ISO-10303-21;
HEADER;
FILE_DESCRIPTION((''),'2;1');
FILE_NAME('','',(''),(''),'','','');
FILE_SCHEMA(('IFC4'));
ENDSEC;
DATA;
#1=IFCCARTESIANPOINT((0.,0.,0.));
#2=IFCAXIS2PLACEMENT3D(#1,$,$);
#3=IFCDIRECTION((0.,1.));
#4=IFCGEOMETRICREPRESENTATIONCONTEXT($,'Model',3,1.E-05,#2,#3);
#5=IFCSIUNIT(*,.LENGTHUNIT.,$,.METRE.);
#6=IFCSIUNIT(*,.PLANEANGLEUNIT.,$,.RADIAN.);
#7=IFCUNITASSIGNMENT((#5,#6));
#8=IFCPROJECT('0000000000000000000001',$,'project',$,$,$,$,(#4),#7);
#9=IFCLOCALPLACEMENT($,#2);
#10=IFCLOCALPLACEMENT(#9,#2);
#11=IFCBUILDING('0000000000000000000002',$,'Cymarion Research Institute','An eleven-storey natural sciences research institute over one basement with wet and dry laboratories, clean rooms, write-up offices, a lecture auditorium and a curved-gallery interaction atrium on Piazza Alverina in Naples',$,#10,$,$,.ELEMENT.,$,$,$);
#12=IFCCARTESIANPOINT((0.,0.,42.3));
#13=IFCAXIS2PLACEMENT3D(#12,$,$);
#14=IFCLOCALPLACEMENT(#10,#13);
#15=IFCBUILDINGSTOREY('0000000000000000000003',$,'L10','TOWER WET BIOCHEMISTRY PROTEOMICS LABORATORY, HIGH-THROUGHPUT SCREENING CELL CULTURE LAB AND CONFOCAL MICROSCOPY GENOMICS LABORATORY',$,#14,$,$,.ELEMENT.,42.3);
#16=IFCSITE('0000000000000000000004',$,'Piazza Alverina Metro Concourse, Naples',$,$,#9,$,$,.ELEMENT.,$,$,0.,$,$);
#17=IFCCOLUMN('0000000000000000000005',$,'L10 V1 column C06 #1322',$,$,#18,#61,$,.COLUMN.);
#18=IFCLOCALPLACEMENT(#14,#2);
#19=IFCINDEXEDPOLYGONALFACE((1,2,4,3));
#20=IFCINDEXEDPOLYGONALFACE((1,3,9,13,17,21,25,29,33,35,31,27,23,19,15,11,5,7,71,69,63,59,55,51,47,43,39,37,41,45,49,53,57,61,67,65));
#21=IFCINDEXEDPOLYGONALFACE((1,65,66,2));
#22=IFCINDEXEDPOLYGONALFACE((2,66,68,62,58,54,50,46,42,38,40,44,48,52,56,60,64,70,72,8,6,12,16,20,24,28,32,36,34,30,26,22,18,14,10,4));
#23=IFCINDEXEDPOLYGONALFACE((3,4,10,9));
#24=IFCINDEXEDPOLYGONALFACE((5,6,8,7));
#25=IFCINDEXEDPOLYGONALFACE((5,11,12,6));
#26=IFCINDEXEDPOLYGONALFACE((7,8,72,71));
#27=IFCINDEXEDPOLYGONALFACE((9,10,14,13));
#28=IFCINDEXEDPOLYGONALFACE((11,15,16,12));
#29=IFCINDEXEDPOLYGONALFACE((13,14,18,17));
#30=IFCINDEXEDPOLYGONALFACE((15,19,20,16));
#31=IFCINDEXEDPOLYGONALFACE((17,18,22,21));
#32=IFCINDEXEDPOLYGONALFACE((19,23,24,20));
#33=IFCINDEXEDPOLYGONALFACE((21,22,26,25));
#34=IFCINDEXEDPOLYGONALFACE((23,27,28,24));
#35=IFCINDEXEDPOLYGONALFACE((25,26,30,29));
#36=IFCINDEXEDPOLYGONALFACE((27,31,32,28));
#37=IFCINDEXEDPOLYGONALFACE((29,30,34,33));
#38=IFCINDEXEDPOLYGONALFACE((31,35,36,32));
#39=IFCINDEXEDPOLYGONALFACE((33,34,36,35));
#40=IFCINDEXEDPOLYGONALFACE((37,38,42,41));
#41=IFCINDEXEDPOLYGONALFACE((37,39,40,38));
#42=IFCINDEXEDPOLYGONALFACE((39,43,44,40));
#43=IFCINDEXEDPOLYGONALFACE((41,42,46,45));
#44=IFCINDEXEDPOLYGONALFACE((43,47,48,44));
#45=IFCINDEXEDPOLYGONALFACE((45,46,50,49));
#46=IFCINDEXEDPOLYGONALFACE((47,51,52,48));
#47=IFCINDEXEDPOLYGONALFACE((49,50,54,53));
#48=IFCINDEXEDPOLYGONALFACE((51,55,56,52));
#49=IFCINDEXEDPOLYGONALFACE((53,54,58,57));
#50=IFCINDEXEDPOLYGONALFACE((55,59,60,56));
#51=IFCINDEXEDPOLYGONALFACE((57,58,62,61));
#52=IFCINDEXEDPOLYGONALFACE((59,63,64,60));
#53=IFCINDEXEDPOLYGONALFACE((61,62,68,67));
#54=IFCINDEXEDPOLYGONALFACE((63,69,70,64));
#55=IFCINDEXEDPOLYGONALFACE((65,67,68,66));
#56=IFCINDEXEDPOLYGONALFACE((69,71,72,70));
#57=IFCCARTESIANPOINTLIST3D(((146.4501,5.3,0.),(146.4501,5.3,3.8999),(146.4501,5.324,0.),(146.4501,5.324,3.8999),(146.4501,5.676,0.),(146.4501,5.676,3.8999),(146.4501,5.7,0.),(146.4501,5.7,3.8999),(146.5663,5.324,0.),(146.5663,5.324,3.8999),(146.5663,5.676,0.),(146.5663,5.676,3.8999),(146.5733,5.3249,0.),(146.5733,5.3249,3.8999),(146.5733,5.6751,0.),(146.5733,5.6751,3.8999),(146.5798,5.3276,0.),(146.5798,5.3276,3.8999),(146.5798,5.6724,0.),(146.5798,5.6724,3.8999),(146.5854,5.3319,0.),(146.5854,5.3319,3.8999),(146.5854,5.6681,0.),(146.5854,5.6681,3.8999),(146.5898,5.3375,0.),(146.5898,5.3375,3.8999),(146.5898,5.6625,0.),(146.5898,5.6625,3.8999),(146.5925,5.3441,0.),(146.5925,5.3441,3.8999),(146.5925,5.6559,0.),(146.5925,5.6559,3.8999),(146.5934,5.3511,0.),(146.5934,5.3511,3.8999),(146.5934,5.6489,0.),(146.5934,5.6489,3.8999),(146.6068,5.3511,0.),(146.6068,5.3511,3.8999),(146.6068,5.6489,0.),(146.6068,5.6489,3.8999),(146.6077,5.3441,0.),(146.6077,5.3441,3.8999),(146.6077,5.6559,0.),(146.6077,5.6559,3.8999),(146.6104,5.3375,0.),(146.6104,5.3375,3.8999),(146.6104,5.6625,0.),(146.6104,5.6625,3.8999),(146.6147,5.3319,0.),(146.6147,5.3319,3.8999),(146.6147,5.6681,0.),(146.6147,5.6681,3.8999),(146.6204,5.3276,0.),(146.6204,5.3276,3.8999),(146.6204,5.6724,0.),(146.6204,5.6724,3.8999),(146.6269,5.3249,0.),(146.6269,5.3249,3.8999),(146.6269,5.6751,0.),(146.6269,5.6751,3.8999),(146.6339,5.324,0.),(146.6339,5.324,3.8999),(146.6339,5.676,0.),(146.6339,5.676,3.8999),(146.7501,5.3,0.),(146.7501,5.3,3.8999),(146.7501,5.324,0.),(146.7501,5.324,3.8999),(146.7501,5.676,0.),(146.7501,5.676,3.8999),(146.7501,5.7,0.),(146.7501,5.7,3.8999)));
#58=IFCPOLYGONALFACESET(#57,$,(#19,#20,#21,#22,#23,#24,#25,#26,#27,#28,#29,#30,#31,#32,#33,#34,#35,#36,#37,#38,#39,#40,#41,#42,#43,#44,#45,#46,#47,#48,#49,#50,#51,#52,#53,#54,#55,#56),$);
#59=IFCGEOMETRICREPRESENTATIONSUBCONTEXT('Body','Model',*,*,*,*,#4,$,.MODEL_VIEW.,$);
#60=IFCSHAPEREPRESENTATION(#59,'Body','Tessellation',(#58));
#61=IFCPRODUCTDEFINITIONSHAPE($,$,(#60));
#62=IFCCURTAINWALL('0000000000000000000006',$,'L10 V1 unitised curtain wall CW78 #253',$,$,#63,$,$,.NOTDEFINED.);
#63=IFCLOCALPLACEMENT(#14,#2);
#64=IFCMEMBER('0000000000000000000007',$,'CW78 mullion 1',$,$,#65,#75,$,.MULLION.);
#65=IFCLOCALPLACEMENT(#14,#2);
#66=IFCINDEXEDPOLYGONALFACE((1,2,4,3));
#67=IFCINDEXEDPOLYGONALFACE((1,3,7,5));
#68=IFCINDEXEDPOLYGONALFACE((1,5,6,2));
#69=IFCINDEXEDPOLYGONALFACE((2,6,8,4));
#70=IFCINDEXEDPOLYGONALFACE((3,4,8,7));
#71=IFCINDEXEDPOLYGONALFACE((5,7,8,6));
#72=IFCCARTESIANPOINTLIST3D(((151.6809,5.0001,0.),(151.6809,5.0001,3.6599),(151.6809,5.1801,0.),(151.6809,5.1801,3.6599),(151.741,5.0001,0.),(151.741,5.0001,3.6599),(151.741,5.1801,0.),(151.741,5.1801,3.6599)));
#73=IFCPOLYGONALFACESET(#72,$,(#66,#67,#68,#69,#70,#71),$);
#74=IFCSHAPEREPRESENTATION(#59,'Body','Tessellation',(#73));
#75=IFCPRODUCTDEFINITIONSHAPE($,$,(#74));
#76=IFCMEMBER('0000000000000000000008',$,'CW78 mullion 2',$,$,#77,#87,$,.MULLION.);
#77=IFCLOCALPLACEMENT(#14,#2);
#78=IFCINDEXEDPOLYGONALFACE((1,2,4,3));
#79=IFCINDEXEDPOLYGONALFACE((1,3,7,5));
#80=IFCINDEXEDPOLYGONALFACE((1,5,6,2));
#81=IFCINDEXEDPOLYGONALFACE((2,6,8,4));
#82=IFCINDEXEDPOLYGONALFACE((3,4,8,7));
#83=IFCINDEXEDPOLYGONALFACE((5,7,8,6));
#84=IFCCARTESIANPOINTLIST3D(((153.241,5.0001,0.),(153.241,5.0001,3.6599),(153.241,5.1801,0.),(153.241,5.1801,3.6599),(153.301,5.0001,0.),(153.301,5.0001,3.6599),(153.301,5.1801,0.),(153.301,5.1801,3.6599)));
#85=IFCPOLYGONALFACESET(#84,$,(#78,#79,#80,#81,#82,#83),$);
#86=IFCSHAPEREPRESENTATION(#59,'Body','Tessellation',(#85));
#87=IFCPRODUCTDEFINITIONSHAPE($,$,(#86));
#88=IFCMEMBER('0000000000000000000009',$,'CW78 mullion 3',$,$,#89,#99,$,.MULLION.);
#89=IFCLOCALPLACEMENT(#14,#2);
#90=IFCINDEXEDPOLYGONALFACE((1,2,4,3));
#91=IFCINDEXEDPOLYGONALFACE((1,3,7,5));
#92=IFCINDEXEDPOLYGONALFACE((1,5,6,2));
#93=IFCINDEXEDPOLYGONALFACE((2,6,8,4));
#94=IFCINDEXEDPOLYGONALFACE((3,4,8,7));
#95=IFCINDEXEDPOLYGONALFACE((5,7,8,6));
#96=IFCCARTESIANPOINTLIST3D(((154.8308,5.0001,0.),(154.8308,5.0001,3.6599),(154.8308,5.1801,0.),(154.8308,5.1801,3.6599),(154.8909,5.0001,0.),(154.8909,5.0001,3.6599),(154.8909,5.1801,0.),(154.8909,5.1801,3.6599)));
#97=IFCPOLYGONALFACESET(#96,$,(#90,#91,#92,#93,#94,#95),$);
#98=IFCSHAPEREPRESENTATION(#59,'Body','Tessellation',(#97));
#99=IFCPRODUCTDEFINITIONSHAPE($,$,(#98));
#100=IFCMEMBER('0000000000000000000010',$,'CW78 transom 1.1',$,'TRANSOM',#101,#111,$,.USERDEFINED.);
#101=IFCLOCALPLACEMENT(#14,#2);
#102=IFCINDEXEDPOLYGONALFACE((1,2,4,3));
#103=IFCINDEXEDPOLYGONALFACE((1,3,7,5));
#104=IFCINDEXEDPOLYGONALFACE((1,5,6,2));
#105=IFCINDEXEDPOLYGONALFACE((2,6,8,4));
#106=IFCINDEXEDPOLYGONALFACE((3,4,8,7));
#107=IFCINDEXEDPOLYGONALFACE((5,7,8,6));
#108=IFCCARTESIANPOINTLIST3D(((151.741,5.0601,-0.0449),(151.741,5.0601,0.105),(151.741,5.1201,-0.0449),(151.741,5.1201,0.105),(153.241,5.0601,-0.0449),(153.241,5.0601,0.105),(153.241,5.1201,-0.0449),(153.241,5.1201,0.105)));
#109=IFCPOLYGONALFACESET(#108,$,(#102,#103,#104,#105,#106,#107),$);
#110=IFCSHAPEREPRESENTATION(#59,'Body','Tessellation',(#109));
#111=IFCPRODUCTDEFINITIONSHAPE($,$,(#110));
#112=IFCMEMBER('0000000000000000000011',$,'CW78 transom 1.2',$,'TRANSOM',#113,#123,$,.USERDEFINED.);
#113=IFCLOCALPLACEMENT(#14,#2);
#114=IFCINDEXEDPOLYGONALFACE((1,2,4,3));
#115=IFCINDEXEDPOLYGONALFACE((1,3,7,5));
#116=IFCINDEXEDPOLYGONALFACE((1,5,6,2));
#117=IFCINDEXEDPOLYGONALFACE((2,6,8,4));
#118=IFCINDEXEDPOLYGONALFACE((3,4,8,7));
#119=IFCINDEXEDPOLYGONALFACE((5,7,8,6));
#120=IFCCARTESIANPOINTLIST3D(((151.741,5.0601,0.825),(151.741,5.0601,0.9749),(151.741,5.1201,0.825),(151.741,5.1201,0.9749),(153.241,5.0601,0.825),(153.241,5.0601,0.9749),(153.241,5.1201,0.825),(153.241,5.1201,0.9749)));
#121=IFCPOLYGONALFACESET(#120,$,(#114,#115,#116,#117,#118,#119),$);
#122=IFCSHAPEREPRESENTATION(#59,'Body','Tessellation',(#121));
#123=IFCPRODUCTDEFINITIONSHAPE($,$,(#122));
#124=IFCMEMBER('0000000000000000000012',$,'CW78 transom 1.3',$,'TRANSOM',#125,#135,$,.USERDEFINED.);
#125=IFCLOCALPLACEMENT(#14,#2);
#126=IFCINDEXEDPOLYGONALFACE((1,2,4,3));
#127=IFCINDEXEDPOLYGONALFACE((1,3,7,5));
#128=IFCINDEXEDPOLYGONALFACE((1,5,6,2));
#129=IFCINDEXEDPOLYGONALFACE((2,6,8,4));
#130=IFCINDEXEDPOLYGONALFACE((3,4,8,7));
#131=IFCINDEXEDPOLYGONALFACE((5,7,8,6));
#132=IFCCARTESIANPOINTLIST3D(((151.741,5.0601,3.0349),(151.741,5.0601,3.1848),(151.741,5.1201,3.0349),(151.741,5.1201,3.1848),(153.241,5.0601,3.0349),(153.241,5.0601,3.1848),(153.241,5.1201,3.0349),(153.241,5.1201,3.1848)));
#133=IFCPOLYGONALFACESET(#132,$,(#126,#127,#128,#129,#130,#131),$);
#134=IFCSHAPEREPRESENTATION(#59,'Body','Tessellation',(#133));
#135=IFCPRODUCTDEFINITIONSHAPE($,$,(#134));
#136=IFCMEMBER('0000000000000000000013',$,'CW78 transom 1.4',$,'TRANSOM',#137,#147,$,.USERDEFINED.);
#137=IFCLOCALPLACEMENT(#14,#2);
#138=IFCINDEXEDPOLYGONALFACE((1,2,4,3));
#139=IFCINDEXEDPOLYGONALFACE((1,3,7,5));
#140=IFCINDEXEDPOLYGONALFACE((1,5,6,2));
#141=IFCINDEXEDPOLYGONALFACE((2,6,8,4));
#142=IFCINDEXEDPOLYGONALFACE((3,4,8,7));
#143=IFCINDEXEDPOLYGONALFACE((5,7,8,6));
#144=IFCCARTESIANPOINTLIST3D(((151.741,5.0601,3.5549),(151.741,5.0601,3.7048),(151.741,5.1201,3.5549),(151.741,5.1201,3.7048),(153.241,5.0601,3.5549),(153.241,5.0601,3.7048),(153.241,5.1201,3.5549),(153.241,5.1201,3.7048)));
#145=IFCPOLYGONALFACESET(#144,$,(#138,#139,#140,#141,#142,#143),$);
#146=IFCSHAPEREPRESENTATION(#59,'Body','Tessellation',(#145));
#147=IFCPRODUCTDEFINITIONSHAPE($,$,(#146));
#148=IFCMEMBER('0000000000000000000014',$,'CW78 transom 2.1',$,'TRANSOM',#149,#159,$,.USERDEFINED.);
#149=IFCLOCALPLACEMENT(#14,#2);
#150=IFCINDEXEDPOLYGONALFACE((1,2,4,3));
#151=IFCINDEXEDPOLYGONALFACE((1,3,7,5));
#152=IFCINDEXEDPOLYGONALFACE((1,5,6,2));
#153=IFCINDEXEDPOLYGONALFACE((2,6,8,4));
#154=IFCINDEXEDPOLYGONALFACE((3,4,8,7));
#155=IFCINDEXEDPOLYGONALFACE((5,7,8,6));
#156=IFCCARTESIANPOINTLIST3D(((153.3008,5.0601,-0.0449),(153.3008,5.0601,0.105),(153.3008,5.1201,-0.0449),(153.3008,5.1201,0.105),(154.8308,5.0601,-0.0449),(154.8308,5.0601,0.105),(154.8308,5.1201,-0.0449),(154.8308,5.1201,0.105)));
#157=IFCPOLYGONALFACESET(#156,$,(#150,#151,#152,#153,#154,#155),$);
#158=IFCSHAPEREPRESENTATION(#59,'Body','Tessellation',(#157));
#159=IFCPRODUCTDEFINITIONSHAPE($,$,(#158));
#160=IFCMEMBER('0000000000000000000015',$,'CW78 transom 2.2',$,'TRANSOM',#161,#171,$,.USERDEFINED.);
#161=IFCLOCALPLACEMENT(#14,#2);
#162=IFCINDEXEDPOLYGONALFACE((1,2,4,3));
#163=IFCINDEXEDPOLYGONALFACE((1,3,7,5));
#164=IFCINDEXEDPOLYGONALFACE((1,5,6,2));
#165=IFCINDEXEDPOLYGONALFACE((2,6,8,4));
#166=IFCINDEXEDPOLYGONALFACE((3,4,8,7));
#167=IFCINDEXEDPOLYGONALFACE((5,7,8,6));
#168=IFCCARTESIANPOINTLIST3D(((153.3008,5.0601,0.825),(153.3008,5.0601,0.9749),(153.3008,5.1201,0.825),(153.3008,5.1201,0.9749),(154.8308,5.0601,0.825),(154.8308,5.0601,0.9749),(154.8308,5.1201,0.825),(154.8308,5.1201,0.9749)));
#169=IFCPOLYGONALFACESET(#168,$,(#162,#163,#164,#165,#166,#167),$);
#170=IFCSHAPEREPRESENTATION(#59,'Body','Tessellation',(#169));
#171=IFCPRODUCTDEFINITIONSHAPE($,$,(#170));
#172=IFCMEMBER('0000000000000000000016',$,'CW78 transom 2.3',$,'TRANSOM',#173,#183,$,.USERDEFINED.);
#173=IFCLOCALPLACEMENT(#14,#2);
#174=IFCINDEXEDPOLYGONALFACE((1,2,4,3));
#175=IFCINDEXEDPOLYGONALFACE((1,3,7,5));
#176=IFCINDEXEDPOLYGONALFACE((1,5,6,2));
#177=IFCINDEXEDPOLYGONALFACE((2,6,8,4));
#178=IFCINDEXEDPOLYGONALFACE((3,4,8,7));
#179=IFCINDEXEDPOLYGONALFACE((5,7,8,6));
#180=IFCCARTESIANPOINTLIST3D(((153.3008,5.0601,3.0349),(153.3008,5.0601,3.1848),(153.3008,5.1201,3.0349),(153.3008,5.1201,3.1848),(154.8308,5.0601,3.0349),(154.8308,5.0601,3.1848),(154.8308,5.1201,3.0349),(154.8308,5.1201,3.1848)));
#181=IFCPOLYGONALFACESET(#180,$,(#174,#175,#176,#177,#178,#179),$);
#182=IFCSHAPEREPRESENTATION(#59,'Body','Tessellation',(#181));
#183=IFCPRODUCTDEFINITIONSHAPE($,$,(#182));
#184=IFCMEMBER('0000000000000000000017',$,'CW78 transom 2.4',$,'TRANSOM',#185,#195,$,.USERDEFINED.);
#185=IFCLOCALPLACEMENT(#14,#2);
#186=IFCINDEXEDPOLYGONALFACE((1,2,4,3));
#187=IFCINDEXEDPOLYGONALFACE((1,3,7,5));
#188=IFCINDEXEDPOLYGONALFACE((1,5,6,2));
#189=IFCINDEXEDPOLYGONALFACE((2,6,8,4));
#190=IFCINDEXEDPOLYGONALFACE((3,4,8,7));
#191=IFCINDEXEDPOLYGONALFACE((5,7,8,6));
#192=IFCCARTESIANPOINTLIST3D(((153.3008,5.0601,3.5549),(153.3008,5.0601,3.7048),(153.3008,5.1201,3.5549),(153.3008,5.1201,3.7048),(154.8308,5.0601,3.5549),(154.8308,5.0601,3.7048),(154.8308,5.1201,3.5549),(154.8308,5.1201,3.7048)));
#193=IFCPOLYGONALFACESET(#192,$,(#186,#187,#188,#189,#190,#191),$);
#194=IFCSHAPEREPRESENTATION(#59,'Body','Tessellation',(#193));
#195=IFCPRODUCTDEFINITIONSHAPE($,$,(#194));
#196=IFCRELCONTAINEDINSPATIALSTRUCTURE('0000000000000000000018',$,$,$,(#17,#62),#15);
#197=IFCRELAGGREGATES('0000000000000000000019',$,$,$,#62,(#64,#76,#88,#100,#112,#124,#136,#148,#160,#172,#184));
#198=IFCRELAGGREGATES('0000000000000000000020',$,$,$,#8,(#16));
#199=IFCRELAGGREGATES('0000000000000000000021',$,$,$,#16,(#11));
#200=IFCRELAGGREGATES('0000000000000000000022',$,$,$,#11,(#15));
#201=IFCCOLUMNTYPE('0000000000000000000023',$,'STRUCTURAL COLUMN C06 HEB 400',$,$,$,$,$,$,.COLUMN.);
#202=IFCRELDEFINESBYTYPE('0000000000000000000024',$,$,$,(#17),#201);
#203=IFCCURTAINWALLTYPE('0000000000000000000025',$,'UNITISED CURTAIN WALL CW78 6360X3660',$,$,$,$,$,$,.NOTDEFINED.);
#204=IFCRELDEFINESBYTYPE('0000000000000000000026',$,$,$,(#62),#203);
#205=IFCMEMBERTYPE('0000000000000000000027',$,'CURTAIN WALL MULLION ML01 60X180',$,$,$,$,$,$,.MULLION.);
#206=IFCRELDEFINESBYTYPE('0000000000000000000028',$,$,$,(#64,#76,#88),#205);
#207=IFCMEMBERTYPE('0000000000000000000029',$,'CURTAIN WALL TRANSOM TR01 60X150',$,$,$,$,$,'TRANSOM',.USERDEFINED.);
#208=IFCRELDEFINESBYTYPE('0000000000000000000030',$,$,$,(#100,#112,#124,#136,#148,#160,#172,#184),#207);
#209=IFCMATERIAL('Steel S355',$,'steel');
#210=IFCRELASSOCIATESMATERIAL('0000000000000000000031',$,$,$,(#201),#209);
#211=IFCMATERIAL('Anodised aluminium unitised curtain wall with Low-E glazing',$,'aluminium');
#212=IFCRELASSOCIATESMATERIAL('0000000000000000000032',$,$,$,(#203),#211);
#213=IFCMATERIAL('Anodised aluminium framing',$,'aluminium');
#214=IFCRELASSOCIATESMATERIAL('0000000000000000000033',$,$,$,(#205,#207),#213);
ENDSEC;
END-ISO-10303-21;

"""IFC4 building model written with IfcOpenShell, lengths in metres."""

from ifc_helpers import new_model, si_unit, direction, frame, origin, origin_2d, place, context, subcontext, project, spatial, rectangle, i_section, extrude, material, material_profile, profile_set, type_object, element, aggregate, save


model = new_model("IFC4")

# Units and contexts
model_context = context("Model", 3, precision=1e-05, world=origin(), true_north=direction((0.0, 1.0)))
body_context = subcontext(model_context, "Body", "Model", "MODEL_VIEW")
ifc_project = project(units=[si_unit("LENGTHUNIT", "METRE"), si_unit("PLANEANGLEUNIT", "RADIAN")], contexts=[model_context])

# Site, building, storey
site_placement = place(None, origin())
site = spatial("IfcSite", under=ifc_project, at=site_placement, Name="Piazza Alverina Metro Concourse, Naples", CompositionType="ELEMENT", RefElevation=0.0)
building_placement = place(site_placement, origin())
building = spatial("IfcBuilding", under=site, at=building_placement, Name="Cymarion Research Institute", Description="An eleven-storey natural sciences research institute over one basement with wet and dry laboratories, clean rooms, write-up offices, a lecture auditorium and a curved-gallery interaction atrium on Piazza Alverina in Naples", CompositionType="ELEMENT")
storey_placement = place(building_placement, frame((0.0, 0.0, 42.3)))
storey = spatial("IfcBuildingStorey", under=building, at=storey_placement, Name="L10", Description="TOWER WET BIOCHEMISTRY PROTEOMICS LABORATORY, HIGH-THROUGHPUT SCREENING CELL CULTURE LAB AND CONFOCAL MICROSCOPY GENOMICS LABORATORY", CompositionType="ELEMENT", Elevation=42.3)

# Column
ifc_material_1 = material(Name="Steel S355", Category="steel")
ifc_material_profile_1 = material_profile(ifc_material_1, i_section(OverallWidth=0.3, OverallDepth=0.3999, WebThickness=0.0134, FlangeThickness=0.0239, FilletRadius=0.0271, at=origin_2d()), Name="HEB 400")
ifc_profile_set_1 = profile_set([ifc_material_profile_1], Name="Steel S355")
column_type = type_object("IfcColumnType", Name="STRUCTURAL COLUMN C06 HEB 400", PredefinedType="COLUMN", material=ifc_profile_set_1)
column_placement = place(storey_placement, frame((146.6001, 5.5, 0.0), z_axis=(0.0, 0.0, 1.0), x_axis=(1.0, 0.0, 0.0)))
element("IfcColumn", 1, at=column_placement, inside=storey, type_object=column_type, Name="L10 V1 column C06 #1322", PredefinedType="COLUMN", context=body_context, shape_type="SweptSolid", body=[
    extrude(i_section(OverallWidth=0.3, OverallDepth=0.3999, WebThickness=0.0134, FlangeThickness=0.0239, FilletRadius=0.0271, at=origin_2d()), origin(), (0.0, 0.0, 1.0), 3.8999),
])

# Curtain wall, members
ifc_material_2 = material(Name="Anodised aluminium unitised curtain wall with Low-E glazing", Category="aluminium")
curtain_wall_type = type_object("IfcCurtainWallType", Name="UNITISED CURTAIN WALL CW78 6360X3660", PredefinedType="NOTDEFINED", material=ifc_material_2)
curtain_wall_placement = place(storey_placement, origin())
curtain_wall = element("IfcCurtainWall", 2, at=curtain_wall_placement, inside=storey, type_object=curtain_wall_type, Name="L10 V1 unitised curtain wall CW78 #253", PredefinedType="NOTDEFINED")
ifc_material_3 = material(Name="Anodised aluminium framing", Category="aluminium")
ifc_material_profile_2 = material_profile(ifc_material_3, rectangle(XDim=0.0601, YDim=0.1799, at=origin_2d()), Name="ALU MULLION 60x180")
ifc_profile_set_2 = profile_set([ifc_material_profile_2], Name="Anodised aluminium framing")
member_type_1 = type_object("IfcMemberType", Name="CURTAIN WALL MULLION ML01 60X180", PredefinedType="MULLION", material=ifc_profile_set_2)
member_1_placement = place(storey_placement, frame((151.7109, 5.0901, 0.0), z_axis=(0.0, 0.0, 1.0), x_axis=(1.0, 0.0, 0.0)))
member_1 = element("IfcMember", 3, at=member_1_placement, type_object=member_type_1, Name="CW78 mullion 1", PredefinedType="MULLION", context=body_context, shape_type="SweptSolid", body=[
    extrude(rectangle(XDim=0.0601, YDim=0.1799, at=origin_2d()), origin(), (0.0, 0.0, 1.0), 3.6599),
])
member_2_placement = place(storey_placement, frame((153.271, 5.0901, 0.0), z_axis=(0.0, 0.0, 1.0), x_axis=(1.0, 0.0, 0.0)))
member_2 = element("IfcMember", 4, at=member_2_placement, type_object=member_type_1, Name="CW78 mullion 2", PredefinedType="MULLION", context=body_context, shape_type="SweptSolid", body=[
    extrude(rectangle(XDim=0.0601, YDim=0.1799, at=origin_2d()), origin(), (0.0, 0.0, 1.0), 3.6599),
])
member_3_placement = place(storey_placement, frame((154.8608, 5.0901, 0.0), z_axis=(0.0, 0.0, 1.0), x_axis=(1.0, 0.0, 0.0)))
member_3 = element("IfcMember", 5, at=member_3_placement, type_object=member_type_1, Name="CW78 mullion 3", PredefinedType="MULLION", context=body_context, shape_type="SweptSolid", body=[
    extrude(rectangle(XDim=0.0601, YDim=0.1799, at=origin_2d()), origin(), (0.0, 0.0, 1.0), 3.6599),
])
ifc_material_profile_3 = material_profile(ifc_material_3, rectangle(XDim=0.0601, YDim=0.1499, at=origin_2d()), Name="ALU TRANSOM 60x150")
ifc_profile_set_3 = profile_set([ifc_material_profile_3], Name="Anodised aluminium framing")
member_type_2 = type_object("IfcMemberType", Name="CURTAIN WALL TRANSOM TR01 60X150", ElementType="TRANSOM", PredefinedType="USERDEFINED", material=ifc_profile_set_3)
member_4_placement = place(storey_placement, frame((151.741, 5.0901, 0.03), z_axis=(1.0, 0.0, 0.0), x_axis=(0.0, 1.0, 0.0)))
member_4 = element("IfcMember", 6, at=member_4_placement, type_object=member_type_2, Name="CW78 transom 1.1", ObjectType="TRANSOM", PredefinedType="USERDEFINED", context=body_context, shape_type="SweptSolid", body=[
    extrude(rectangle(XDim=0.0601, YDim=0.1499, at=origin_2d()), origin(), (0.0, 0.0, 1.0), 1.5),
])
member_5_placement = place(storey_placement, frame((151.741, 5.0901, 0.8999), z_axis=(1.0, 0.0, 0.0), x_axis=(0.0, 1.0, 0.0)))
member_5 = element("IfcMember", 7, at=member_5_placement, type_object=member_type_2, Name="CW78 transom 1.2", ObjectType="TRANSOM", PredefinedType="USERDEFINED", context=body_context, shape_type="SweptSolid", body=[
    extrude(rectangle(XDim=0.0601, YDim=0.1499, at=origin_2d()), origin(), (0.0, 0.0, 1.0), 1.5),
])
member_6_placement = place(storey_placement, frame((151.741, 5.0901, 3.1099), z_axis=(1.0, 0.0, 0.0), x_axis=(0.0, 1.0, 0.0)))
member_6 = element("IfcMember", 8, at=member_6_placement, type_object=member_type_2, Name="CW78 transom 1.3", ObjectType="TRANSOM", PredefinedType="USERDEFINED", context=body_context, shape_type="SweptSolid", body=[
    extrude(rectangle(XDim=0.0601, YDim=0.1499, at=origin_2d()), origin(), (0.0, 0.0, 1.0), 1.5),
])
member_7_placement = place(storey_placement, frame((151.741, 5.0901, 3.6299), z_axis=(1.0, 0.0, 0.0), x_axis=(0.0, 1.0, 0.0)))
member_7 = element("IfcMember", 9, at=member_7_placement, type_object=member_type_2, Name="CW78 transom 1.4", ObjectType="TRANSOM", PredefinedType="USERDEFINED", context=body_context, shape_type="SweptSolid", body=[
    extrude(rectangle(XDim=0.0601, YDim=0.1499, at=origin_2d()), origin(), (0.0, 0.0, 1.0), 1.5),
])
member_8_placement = place(storey_placement, frame((153.3008, 5.0901, 0.03), z_axis=(1.0, 0.0, 0.0), x_axis=(0.0, 1.0, 0.0)))
member_8 = element("IfcMember", 10, at=member_8_placement, type_object=member_type_2, Name="CW78 transom 2.1", ObjectType="TRANSOM", PredefinedType="USERDEFINED", context=body_context, shape_type="SweptSolid", body=[
    extrude(rectangle(XDim=0.0601, YDim=0.1499, at=origin_2d()), origin(), (0.0, 0.0, 1.0), 1.53),
])
member_9_placement = place(storey_placement, frame((153.3008, 5.0901, 0.8999), z_axis=(1.0, 0.0, 0.0), x_axis=(0.0, 1.0, 0.0)))
member_9 = element("IfcMember", 11, at=member_9_placement, type_object=member_type_2, Name="CW78 transom 2.2", ObjectType="TRANSOM", PredefinedType="USERDEFINED", context=body_context, shape_type="SweptSolid", body=[
    extrude(rectangle(XDim=0.0601, YDim=0.1499, at=origin_2d()), origin(), (0.0, 0.0, 1.0), 1.53),
])
member_10_placement = place(storey_placement, frame((153.3008, 5.0901, 3.1099), z_axis=(1.0, 0.0, 0.0), x_axis=(0.0, 1.0, 0.0)))
member_10 = element("IfcMember", 12, at=member_10_placement, type_object=member_type_2, Name="CW78 transom 2.3", ObjectType="TRANSOM", PredefinedType="USERDEFINED", context=body_context, shape_type="SweptSolid", body=[
    extrude(rectangle(XDim=0.0601, YDim=0.1499, at=origin_2d()), origin(), (0.0, 0.0, 1.0), 1.53),
])
member_11_placement = place(storey_placement, frame((153.3008, 5.0901, 3.6299), z_axis=(1.0, 0.0, 0.0), x_axis=(0.0, 1.0, 0.0)))
member_11 = element("IfcMember", 13, at=member_11_placement, type_object=member_type_2, Name="CW78 transom 2.4", ObjectType="TRANSOM", PredefinedType="USERDEFINED", context=body_context, shape_type="SweptSolid", body=[
    extrude(rectangle(XDim=0.0601, YDim=0.1499, at=origin_2d()), origin(), (0.0, 0.0, 1.0), 1.53),
])

aggregate(curtain_wall, [member_1, member_2, member_3, member_4, member_5, member_6, member_7, member_8, member_9, member_10, member_11])

save(model, "model.ifc")
